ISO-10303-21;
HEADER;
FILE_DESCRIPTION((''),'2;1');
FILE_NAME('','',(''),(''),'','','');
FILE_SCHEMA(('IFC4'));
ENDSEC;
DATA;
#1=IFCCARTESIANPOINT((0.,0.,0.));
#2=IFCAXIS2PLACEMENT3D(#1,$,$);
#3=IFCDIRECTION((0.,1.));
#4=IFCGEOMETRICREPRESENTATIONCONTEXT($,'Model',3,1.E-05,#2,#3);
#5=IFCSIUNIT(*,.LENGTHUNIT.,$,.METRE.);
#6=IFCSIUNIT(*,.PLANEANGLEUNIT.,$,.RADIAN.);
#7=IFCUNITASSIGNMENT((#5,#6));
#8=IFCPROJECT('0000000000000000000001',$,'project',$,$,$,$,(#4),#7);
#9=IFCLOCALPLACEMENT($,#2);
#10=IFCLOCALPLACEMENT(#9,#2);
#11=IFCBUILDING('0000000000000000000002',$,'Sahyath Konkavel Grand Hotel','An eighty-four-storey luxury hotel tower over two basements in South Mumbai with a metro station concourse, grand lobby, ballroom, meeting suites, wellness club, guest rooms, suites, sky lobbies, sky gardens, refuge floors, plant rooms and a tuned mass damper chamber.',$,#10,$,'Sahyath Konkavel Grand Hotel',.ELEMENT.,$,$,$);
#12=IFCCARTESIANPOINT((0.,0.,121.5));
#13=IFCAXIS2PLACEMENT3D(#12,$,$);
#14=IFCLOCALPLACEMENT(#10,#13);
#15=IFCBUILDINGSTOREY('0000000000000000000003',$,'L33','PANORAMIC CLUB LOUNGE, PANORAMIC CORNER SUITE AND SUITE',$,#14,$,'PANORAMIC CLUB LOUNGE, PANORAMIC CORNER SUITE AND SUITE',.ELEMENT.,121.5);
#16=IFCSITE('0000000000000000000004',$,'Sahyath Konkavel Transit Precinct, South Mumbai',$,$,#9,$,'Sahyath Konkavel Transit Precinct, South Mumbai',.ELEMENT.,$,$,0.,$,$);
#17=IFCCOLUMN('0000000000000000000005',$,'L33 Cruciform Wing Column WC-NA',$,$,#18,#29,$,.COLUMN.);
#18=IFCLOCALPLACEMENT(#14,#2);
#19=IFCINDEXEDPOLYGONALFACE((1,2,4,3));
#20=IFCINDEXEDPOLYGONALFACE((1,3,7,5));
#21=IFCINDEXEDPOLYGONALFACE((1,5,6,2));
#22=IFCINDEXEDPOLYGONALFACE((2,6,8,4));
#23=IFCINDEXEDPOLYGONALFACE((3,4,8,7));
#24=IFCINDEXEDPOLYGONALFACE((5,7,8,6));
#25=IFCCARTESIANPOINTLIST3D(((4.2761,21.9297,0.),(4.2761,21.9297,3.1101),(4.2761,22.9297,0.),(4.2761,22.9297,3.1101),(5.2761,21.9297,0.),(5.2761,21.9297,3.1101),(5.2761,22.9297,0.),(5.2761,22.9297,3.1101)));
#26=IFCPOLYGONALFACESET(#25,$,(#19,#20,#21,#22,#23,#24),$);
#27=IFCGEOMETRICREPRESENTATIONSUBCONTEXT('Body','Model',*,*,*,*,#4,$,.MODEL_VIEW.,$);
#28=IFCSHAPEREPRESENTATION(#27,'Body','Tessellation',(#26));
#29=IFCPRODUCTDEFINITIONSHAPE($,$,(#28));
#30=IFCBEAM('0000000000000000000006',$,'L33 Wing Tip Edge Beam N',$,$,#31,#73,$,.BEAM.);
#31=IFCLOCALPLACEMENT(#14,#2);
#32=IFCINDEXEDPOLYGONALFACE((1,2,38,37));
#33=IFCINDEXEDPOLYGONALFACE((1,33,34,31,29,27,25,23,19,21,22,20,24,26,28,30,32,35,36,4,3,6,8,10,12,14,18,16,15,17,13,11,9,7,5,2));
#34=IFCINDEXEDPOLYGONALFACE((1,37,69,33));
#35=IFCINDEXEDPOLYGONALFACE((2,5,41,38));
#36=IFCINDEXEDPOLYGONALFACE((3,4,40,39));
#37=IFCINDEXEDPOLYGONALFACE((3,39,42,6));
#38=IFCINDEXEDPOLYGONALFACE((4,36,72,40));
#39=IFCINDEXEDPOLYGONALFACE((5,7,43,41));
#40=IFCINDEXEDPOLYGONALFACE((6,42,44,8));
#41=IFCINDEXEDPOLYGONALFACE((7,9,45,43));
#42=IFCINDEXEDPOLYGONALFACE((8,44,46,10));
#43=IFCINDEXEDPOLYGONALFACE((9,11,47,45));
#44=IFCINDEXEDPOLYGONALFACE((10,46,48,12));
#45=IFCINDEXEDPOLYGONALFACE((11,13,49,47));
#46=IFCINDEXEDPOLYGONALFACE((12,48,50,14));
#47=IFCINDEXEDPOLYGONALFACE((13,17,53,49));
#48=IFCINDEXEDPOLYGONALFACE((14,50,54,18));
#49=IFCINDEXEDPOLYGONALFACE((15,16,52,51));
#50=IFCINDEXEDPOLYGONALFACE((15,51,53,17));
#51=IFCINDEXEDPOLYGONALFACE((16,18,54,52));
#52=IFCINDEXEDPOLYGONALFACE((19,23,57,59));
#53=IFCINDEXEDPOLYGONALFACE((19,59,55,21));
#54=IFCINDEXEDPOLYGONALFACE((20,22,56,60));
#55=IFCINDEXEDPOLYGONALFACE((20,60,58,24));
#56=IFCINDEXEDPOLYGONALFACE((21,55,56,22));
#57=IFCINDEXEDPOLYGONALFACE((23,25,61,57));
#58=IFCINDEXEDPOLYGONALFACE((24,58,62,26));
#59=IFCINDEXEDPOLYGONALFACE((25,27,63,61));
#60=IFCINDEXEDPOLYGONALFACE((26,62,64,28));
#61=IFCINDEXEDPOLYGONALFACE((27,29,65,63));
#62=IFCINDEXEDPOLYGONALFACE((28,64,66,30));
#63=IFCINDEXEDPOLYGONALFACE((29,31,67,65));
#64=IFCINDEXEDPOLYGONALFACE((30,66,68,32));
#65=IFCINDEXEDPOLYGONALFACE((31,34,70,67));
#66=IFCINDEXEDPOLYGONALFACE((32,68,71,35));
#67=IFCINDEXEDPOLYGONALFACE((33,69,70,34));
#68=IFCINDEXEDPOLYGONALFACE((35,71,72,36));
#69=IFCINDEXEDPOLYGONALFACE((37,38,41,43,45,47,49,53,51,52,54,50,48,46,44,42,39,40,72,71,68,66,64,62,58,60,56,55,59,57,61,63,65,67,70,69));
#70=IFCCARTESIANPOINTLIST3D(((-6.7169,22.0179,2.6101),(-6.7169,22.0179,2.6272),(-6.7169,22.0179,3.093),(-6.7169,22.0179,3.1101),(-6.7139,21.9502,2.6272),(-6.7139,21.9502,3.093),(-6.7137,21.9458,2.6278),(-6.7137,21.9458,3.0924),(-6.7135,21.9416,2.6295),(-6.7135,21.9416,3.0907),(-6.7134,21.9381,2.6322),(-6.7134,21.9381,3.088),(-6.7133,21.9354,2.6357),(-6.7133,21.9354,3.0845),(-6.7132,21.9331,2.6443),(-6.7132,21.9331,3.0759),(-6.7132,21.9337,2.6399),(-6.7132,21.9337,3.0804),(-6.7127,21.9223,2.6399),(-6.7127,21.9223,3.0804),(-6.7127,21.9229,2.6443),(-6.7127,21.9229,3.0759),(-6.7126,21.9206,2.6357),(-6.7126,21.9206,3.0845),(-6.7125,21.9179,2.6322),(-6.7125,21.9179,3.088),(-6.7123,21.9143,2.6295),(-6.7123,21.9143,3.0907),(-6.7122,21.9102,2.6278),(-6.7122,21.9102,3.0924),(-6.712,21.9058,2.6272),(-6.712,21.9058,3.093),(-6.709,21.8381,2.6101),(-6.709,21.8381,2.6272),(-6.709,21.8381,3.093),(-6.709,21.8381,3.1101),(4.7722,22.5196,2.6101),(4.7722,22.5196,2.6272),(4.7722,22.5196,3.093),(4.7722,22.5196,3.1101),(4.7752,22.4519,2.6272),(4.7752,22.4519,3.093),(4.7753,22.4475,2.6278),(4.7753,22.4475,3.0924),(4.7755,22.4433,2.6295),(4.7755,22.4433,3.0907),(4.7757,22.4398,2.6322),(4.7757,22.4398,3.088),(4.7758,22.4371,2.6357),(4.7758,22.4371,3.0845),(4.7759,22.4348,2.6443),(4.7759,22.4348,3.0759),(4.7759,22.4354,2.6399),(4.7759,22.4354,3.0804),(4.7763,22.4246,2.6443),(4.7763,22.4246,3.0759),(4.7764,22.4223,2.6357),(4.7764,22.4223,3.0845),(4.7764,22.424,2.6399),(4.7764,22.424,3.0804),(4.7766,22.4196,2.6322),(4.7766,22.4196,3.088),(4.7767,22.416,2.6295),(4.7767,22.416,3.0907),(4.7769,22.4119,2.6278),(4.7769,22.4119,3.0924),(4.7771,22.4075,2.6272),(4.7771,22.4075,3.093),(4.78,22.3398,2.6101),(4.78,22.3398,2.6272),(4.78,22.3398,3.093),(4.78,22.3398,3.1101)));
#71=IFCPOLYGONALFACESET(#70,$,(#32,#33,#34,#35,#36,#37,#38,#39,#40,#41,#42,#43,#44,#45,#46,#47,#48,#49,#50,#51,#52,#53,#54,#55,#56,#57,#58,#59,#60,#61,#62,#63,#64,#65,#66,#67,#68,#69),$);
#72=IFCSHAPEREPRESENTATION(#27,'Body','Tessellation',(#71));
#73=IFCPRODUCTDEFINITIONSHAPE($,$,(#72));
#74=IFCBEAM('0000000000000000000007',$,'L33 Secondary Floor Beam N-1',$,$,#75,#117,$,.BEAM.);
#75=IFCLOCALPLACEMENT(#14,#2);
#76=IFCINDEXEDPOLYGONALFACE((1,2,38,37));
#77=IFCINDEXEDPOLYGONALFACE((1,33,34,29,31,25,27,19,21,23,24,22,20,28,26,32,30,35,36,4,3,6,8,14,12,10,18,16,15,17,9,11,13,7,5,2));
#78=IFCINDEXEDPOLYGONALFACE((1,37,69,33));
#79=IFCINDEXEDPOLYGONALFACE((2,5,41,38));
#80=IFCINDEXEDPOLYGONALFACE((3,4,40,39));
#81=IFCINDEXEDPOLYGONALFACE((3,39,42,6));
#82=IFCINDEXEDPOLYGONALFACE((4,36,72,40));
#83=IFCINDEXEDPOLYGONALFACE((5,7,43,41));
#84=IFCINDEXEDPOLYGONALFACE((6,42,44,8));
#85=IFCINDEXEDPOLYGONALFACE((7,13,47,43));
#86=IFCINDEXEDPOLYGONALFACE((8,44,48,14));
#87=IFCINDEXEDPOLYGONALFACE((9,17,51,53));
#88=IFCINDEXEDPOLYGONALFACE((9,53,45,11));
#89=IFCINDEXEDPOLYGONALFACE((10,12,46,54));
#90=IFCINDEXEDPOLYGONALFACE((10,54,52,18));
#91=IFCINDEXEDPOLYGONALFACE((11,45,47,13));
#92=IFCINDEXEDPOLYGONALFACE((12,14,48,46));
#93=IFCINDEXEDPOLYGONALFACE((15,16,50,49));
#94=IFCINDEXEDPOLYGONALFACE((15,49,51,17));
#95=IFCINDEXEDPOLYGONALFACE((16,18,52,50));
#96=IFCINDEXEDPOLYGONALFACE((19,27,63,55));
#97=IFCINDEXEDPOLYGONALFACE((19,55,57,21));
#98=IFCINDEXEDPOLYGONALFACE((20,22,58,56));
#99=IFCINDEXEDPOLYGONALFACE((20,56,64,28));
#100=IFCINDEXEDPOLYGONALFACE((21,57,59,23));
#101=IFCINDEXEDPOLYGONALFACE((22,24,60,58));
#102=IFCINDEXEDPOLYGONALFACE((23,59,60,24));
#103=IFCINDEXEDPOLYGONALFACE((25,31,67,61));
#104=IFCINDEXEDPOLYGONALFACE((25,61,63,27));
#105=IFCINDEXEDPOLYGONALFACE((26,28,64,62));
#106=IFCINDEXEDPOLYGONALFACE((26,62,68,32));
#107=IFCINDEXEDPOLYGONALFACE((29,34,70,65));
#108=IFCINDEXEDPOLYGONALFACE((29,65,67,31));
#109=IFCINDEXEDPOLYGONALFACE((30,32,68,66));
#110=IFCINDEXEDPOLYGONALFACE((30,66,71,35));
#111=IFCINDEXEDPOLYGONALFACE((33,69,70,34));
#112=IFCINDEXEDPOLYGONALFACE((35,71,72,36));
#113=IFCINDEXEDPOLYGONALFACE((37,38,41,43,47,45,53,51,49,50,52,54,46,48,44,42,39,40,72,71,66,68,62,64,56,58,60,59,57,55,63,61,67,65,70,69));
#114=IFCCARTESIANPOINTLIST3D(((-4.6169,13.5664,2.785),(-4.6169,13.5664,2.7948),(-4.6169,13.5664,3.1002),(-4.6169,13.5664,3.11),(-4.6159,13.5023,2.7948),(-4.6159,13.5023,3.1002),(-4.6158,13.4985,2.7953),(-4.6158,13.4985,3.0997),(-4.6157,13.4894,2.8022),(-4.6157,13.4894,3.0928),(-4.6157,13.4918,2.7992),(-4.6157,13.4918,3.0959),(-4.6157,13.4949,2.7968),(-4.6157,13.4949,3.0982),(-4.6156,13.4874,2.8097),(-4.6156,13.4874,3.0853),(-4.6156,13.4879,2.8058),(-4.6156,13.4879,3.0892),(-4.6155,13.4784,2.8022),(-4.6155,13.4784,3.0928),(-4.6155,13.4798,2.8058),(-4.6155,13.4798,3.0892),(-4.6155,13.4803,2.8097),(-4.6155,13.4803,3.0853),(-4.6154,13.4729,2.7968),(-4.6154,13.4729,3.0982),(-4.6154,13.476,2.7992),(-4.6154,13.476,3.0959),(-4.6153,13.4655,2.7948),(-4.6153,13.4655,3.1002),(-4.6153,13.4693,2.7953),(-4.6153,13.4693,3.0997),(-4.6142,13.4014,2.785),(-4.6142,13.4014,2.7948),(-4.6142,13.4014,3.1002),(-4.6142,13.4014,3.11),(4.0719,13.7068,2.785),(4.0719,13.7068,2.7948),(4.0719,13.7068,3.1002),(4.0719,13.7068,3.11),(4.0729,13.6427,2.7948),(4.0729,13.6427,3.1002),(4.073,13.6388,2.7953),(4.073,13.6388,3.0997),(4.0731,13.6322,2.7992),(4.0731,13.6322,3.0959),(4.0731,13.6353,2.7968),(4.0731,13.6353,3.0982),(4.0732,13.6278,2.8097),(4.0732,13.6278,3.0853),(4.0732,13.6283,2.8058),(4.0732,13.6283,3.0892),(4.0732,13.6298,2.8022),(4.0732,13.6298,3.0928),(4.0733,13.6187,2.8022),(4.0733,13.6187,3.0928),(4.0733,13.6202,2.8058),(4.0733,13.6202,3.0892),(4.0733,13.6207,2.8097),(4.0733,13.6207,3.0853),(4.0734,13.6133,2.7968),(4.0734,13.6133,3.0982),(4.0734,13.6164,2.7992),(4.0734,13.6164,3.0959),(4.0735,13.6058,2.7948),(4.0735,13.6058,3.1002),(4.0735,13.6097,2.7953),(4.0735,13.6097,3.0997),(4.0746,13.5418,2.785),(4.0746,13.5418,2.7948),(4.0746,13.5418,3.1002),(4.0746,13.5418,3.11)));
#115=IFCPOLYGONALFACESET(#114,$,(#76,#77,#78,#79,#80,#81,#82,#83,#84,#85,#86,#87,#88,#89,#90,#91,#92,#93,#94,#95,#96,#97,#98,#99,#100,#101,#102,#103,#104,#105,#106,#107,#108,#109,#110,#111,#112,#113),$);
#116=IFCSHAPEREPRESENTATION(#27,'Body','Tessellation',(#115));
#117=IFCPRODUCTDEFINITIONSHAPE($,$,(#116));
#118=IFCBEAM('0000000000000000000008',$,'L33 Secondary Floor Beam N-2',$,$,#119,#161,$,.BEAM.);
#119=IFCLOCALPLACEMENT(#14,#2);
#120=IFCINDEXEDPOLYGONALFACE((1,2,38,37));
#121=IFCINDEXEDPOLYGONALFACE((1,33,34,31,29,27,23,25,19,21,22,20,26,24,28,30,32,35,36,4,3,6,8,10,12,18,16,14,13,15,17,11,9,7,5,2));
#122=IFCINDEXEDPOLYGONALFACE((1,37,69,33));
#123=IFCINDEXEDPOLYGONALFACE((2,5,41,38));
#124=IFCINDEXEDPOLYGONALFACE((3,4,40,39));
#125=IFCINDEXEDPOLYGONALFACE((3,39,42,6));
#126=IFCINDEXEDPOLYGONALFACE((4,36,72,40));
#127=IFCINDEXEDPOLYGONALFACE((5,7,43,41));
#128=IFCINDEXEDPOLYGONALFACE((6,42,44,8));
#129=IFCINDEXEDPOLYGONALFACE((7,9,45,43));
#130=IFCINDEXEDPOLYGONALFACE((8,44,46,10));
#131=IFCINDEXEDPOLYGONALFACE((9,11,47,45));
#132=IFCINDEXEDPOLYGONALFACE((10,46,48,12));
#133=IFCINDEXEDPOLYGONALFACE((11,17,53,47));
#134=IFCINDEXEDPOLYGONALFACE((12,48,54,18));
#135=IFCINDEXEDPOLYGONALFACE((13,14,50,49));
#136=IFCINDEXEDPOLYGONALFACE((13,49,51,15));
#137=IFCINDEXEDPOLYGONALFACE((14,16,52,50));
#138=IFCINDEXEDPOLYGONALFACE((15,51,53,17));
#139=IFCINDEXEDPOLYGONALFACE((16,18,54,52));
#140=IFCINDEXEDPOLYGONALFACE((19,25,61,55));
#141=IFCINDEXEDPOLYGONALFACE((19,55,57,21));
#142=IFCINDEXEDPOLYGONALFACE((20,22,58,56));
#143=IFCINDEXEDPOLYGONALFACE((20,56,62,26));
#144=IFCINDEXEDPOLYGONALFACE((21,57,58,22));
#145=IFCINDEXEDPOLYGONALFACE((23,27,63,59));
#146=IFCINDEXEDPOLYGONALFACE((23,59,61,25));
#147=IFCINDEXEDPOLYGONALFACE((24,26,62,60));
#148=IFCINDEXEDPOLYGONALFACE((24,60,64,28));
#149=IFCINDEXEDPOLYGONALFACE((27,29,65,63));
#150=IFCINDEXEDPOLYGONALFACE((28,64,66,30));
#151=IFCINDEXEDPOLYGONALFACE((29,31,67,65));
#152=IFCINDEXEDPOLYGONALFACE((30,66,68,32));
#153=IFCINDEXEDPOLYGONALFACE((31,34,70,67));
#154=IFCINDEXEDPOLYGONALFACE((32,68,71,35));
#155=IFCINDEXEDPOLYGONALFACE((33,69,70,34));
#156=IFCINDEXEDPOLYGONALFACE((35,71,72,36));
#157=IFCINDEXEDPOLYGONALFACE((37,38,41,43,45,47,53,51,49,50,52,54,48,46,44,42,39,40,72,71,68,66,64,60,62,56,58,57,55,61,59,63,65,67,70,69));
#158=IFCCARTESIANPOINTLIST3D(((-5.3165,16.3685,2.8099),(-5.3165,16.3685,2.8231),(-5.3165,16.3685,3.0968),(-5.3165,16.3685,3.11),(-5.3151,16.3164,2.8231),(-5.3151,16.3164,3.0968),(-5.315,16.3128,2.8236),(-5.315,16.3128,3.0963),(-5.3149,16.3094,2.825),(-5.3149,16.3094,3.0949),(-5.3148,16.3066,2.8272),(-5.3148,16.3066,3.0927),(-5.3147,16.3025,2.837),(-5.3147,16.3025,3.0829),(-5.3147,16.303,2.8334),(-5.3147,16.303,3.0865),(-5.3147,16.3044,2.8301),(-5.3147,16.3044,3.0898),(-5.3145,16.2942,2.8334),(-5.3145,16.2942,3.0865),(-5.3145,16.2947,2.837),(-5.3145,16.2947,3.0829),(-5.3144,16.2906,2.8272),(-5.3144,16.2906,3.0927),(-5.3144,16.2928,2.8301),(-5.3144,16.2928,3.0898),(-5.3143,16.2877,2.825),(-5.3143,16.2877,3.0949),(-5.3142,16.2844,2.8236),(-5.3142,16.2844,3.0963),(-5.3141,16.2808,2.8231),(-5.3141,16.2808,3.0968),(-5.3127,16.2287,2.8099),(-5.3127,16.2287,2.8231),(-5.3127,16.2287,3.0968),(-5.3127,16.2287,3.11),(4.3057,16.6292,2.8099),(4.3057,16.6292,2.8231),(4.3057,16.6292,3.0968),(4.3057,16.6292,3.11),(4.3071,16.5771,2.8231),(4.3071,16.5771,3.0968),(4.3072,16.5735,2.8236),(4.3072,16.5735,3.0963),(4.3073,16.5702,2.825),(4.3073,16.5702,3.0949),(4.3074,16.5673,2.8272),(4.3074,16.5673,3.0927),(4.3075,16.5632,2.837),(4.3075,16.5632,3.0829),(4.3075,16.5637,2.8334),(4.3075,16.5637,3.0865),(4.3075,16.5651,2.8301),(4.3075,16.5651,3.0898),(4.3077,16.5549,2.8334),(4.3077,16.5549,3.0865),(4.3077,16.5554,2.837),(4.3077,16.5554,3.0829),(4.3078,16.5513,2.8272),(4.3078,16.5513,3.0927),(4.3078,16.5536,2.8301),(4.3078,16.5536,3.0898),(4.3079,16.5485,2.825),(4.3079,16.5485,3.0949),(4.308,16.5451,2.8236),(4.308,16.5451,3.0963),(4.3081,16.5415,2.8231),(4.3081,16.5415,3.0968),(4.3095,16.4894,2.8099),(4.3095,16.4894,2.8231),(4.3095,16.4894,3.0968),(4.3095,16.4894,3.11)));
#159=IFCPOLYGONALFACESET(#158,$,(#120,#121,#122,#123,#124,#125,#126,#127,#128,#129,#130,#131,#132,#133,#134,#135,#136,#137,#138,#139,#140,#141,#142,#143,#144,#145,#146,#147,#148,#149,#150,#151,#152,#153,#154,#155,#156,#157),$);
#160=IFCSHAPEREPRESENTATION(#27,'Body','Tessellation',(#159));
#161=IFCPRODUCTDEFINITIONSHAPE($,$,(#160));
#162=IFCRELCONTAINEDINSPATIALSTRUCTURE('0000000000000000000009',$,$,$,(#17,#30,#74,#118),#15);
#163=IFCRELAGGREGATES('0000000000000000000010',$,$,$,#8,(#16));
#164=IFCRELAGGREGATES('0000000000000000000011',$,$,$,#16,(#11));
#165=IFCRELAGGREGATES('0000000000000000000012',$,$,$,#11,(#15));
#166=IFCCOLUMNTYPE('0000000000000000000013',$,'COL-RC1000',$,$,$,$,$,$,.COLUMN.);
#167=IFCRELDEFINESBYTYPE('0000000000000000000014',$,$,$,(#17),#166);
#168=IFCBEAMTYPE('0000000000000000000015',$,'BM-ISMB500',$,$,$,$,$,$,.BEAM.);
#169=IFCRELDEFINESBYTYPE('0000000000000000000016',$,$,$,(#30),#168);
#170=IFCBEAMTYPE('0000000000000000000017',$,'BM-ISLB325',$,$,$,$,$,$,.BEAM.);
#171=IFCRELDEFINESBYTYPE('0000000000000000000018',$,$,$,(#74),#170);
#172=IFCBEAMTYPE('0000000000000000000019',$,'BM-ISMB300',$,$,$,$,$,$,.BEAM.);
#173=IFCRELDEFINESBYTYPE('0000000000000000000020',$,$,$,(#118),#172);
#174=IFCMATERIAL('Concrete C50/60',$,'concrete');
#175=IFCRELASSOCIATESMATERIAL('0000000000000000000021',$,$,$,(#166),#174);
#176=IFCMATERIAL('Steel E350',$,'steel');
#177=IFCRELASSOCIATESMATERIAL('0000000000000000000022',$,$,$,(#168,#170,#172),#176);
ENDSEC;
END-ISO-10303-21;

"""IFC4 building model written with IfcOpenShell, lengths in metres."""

from ifc_helpers import new_model, si_unit, direction, frame, origin, origin_2d, place, context, subcontext, project, spatial, rectangle, i_section, extrude, source, transform, mapped, material, material_profile, profile_set, type_object, element, save


model = new_model("IFC4")

# Units and contexts
model_context = context("Model", 3, precision=1e-05, world=origin(), true_north=direction((0.0, 1.0)))
body_context = subcontext(model_context, "Body", "Model", "MODEL_VIEW")
ifc_project = project(units=[si_unit("LENGTHUNIT", "METRE"), si_unit("PLANEANGLEUNIT", "RADIAN")], contexts=[model_context])

# Site, building, storey
site_placement = place(None, origin())
site = spatial("IfcSite", under=ifc_project, at=site_placement, Name="Sahyath Konkavel Transit Precinct, South Mumbai", LongName="Sahyath Konkavel Transit Precinct, South Mumbai", CompositionType="ELEMENT", RefElevation=0.0)
building_placement = place(site_placement, origin())
building = spatial("IfcBuilding", under=site, at=building_placement, Name="Sahyath Konkavel Grand Hotel", Description="An eighty-four-storey luxury hotel tower over two basements in South Mumbai with a metro station concourse, grand lobby, ballroom, meeting suites, wellness club, guest rooms, suites, sky lobbies, sky gardens, refuge floors, plant rooms and a tuned mass damper chamber.", LongName="Sahyath Konkavel Grand Hotel", CompositionType="ELEMENT")
storey_placement = place(building_placement, frame((0.0, 0.0, 121.5)))
storey = spatial("IfcBuildingStorey", under=building, at=storey_placement, Name="L33", Description="PANORAMIC CLUB LOUNGE, PANORAMIC CORNER SUITE AND SUITE", LongName="PANORAMIC CLUB LOUNGE, PANORAMIC CORNER SUITE AND SUITE", CompositionType="ELEMENT", Elevation=121.5)

# Column
ifc_material_1 = material(Name="Concrete C50/60", Category="concrete")
ifc_material_profile_1 = material_profile(ifc_material_1, rectangle(XDim=1.0, YDim=1.0, at=origin_2d()), Name="RC 1000x1000")
ifc_profile_set_1 = profile_set([ifc_material_profile_1], Name="Concrete C50/60")
column_type = type_object("IfcColumnType", Name="COL-RC1000", PredefinedType="COLUMN", material=ifc_profile_set_1)
shared_shape_1 = source(origin(), body_context, "Body", "SweptSolid", [
    extrude(rectangle(XDim=1.0, YDim=1.0, at=origin_2d()), origin(), (0.0, 0.0, 1.0), 3.1101),
])
column_placement = place(storey_placement, frame((4.7761, 22.4297, 0.0), z_axis=(0.0, 0.0, 1.0), x_axis=(1.0, 0.0, 0.0)))
element("IfcColumn", 1, at=column_placement, inside=storey, type_object=column_type, Name="L33 Cruciform Wing Column WC-NA", PredefinedType="COLUMN", context=body_context, shape_type="MappedRepresentation", body=[
    mapped(shared_shape_1, transform((0.0, 0.0, 0.0), scale=1.0)),
])

# Beams
ifc_material_2 = material(Name="Steel E350", Category="steel")
ifc_material_profile_2 = material_profile(ifc_material_2, i_section(OverallWidth=0.1799, OverallDepth=0.5, WebThickness=0.0103, FlangeThickness=0.0171, FilletRadius=0.0171, at=origin_2d()), Name="ISMB 500")
ifc_profile_set_2 = profile_set([ifc_material_profile_2], Name="Steel E350")
beam_type_1 = type_object("IfcBeamType", Name="BM-ISMB500", PredefinedType="BEAM", material=ifc_profile_set_2)
shared_shape_2 = source(origin(), body_context, "Body", "SweptSolid", [
    extrude(i_section(OverallWidth=0.1799, OverallDepth=0.5, WebThickness=0.0103, FlangeThickness=0.0171, FilletRadius=0.0171, at=origin_2d()), origin(), (0.0, 0.0, 1.0), 11.5),
])
beam_1_placement = place(storey_placement, frame((4.7761, 22.4297, 2.8601), z_axis=(-0.999048, -0.043627, 0.0), x_axis=(0.043627, -0.999048, 0.0)))
element("IfcBeam", 2, at=beam_1_placement, inside=storey, type_object=beam_type_1, Name="L33 Wing Tip Edge Beam N", PredefinedType="BEAM", context=body_context, shape_type="MappedRepresentation", body=[
    mapped(shared_shape_2, transform((0.0, 0.0, 0.0), scale=1.0)),
])
ifc_material_profile_3 = material_profile(ifc_material_2, i_section(OverallWidth=0.165, OverallDepth=0.325, WebThickness=0.0071, FlangeThickness=0.0098, FilletRadius=0.0149, at=origin_2d()), Name="ISLB 325")
ifc_profile_set_3 = profile_set([ifc_material_profile_3], Name="Steel E350")
beam_type_2 = type_object("IfcBeamType", Name="BM-ISLB325", PredefinedType="BEAM", material=ifc_profile_set_3)
shared_shape_3 = source(origin(), body_context, "Body", "SweptSolid", [
    extrude(i_section(OverallWidth=0.165, OverallDepth=0.325, WebThickness=0.0071, FlangeThickness=0.0098, FilletRadius=0.0149, at=origin_2d()), origin(), (0.0, 0.0, 1.0), 8.6899),
])
beam_2_placement = place(storey_placement, frame((4.0732, 13.6243, 2.9475), z_axis=(-0.99987, -0.016155, 0.0), x_axis=(0.016155, -0.99987, 0.0)))
element("IfcBeam", 3, at=beam_2_placement, inside=storey, type_object=beam_type_2, Name="L33 Secondary Floor Beam N-1", PredefinedType="BEAM", context=body_context, shape_type="MappedRepresentation", body=[
    mapped(shared_shape_3, transform((0.0, 0.0, 0.0), scale=1.0)),
])
ifc_material_profile_4 = material_profile(ifc_material_2, i_section(OverallWidth=0.1399, OverallDepth=0.3, WebThickness=0.0078, FlangeThickness=0.0132, FilletRadius=0.0139, at=origin_2d()), Name="ISMB 300")
ifc_profile_set_4 = profile_set([ifc_material_profile_4], Name="Steel E350")
beam_type_3 = type_object("IfcBeamType", Name="BM-ISMB300", PredefinedType="BEAM", material=ifc_profile_set_4)
shared_shape_4 = source(origin(), body_context, "Body", "SweptSolid", [
    extrude(i_section(OverallWidth=0.1399, OverallDepth=0.3, WebThickness=0.0078, FlangeThickness=0.0132, FilletRadius=0.0139, at=origin_2d()), origin(), (0.0, 0.0, 1.0), 9.6257),
])
beam_3_placement = place(storey_placement, frame((4.3076, 16.5593, 2.96), z_axis=(-0.999633, -0.027088, 0.0), x_axis=(0.027088, -0.999633, 0.0)))
element("IfcBeam", 4, at=beam_3_placement, inside=storey, type_object=beam_type_3, Name="L33 Secondary Floor Beam N-2", PredefinedType="BEAM", context=body_context, shape_type="MappedRepresentation", body=[
    mapped(shared_shape_4, transform((0.0, 0.0, 0.0), scale=1.0)),
])

save(model, "model.ifc")
